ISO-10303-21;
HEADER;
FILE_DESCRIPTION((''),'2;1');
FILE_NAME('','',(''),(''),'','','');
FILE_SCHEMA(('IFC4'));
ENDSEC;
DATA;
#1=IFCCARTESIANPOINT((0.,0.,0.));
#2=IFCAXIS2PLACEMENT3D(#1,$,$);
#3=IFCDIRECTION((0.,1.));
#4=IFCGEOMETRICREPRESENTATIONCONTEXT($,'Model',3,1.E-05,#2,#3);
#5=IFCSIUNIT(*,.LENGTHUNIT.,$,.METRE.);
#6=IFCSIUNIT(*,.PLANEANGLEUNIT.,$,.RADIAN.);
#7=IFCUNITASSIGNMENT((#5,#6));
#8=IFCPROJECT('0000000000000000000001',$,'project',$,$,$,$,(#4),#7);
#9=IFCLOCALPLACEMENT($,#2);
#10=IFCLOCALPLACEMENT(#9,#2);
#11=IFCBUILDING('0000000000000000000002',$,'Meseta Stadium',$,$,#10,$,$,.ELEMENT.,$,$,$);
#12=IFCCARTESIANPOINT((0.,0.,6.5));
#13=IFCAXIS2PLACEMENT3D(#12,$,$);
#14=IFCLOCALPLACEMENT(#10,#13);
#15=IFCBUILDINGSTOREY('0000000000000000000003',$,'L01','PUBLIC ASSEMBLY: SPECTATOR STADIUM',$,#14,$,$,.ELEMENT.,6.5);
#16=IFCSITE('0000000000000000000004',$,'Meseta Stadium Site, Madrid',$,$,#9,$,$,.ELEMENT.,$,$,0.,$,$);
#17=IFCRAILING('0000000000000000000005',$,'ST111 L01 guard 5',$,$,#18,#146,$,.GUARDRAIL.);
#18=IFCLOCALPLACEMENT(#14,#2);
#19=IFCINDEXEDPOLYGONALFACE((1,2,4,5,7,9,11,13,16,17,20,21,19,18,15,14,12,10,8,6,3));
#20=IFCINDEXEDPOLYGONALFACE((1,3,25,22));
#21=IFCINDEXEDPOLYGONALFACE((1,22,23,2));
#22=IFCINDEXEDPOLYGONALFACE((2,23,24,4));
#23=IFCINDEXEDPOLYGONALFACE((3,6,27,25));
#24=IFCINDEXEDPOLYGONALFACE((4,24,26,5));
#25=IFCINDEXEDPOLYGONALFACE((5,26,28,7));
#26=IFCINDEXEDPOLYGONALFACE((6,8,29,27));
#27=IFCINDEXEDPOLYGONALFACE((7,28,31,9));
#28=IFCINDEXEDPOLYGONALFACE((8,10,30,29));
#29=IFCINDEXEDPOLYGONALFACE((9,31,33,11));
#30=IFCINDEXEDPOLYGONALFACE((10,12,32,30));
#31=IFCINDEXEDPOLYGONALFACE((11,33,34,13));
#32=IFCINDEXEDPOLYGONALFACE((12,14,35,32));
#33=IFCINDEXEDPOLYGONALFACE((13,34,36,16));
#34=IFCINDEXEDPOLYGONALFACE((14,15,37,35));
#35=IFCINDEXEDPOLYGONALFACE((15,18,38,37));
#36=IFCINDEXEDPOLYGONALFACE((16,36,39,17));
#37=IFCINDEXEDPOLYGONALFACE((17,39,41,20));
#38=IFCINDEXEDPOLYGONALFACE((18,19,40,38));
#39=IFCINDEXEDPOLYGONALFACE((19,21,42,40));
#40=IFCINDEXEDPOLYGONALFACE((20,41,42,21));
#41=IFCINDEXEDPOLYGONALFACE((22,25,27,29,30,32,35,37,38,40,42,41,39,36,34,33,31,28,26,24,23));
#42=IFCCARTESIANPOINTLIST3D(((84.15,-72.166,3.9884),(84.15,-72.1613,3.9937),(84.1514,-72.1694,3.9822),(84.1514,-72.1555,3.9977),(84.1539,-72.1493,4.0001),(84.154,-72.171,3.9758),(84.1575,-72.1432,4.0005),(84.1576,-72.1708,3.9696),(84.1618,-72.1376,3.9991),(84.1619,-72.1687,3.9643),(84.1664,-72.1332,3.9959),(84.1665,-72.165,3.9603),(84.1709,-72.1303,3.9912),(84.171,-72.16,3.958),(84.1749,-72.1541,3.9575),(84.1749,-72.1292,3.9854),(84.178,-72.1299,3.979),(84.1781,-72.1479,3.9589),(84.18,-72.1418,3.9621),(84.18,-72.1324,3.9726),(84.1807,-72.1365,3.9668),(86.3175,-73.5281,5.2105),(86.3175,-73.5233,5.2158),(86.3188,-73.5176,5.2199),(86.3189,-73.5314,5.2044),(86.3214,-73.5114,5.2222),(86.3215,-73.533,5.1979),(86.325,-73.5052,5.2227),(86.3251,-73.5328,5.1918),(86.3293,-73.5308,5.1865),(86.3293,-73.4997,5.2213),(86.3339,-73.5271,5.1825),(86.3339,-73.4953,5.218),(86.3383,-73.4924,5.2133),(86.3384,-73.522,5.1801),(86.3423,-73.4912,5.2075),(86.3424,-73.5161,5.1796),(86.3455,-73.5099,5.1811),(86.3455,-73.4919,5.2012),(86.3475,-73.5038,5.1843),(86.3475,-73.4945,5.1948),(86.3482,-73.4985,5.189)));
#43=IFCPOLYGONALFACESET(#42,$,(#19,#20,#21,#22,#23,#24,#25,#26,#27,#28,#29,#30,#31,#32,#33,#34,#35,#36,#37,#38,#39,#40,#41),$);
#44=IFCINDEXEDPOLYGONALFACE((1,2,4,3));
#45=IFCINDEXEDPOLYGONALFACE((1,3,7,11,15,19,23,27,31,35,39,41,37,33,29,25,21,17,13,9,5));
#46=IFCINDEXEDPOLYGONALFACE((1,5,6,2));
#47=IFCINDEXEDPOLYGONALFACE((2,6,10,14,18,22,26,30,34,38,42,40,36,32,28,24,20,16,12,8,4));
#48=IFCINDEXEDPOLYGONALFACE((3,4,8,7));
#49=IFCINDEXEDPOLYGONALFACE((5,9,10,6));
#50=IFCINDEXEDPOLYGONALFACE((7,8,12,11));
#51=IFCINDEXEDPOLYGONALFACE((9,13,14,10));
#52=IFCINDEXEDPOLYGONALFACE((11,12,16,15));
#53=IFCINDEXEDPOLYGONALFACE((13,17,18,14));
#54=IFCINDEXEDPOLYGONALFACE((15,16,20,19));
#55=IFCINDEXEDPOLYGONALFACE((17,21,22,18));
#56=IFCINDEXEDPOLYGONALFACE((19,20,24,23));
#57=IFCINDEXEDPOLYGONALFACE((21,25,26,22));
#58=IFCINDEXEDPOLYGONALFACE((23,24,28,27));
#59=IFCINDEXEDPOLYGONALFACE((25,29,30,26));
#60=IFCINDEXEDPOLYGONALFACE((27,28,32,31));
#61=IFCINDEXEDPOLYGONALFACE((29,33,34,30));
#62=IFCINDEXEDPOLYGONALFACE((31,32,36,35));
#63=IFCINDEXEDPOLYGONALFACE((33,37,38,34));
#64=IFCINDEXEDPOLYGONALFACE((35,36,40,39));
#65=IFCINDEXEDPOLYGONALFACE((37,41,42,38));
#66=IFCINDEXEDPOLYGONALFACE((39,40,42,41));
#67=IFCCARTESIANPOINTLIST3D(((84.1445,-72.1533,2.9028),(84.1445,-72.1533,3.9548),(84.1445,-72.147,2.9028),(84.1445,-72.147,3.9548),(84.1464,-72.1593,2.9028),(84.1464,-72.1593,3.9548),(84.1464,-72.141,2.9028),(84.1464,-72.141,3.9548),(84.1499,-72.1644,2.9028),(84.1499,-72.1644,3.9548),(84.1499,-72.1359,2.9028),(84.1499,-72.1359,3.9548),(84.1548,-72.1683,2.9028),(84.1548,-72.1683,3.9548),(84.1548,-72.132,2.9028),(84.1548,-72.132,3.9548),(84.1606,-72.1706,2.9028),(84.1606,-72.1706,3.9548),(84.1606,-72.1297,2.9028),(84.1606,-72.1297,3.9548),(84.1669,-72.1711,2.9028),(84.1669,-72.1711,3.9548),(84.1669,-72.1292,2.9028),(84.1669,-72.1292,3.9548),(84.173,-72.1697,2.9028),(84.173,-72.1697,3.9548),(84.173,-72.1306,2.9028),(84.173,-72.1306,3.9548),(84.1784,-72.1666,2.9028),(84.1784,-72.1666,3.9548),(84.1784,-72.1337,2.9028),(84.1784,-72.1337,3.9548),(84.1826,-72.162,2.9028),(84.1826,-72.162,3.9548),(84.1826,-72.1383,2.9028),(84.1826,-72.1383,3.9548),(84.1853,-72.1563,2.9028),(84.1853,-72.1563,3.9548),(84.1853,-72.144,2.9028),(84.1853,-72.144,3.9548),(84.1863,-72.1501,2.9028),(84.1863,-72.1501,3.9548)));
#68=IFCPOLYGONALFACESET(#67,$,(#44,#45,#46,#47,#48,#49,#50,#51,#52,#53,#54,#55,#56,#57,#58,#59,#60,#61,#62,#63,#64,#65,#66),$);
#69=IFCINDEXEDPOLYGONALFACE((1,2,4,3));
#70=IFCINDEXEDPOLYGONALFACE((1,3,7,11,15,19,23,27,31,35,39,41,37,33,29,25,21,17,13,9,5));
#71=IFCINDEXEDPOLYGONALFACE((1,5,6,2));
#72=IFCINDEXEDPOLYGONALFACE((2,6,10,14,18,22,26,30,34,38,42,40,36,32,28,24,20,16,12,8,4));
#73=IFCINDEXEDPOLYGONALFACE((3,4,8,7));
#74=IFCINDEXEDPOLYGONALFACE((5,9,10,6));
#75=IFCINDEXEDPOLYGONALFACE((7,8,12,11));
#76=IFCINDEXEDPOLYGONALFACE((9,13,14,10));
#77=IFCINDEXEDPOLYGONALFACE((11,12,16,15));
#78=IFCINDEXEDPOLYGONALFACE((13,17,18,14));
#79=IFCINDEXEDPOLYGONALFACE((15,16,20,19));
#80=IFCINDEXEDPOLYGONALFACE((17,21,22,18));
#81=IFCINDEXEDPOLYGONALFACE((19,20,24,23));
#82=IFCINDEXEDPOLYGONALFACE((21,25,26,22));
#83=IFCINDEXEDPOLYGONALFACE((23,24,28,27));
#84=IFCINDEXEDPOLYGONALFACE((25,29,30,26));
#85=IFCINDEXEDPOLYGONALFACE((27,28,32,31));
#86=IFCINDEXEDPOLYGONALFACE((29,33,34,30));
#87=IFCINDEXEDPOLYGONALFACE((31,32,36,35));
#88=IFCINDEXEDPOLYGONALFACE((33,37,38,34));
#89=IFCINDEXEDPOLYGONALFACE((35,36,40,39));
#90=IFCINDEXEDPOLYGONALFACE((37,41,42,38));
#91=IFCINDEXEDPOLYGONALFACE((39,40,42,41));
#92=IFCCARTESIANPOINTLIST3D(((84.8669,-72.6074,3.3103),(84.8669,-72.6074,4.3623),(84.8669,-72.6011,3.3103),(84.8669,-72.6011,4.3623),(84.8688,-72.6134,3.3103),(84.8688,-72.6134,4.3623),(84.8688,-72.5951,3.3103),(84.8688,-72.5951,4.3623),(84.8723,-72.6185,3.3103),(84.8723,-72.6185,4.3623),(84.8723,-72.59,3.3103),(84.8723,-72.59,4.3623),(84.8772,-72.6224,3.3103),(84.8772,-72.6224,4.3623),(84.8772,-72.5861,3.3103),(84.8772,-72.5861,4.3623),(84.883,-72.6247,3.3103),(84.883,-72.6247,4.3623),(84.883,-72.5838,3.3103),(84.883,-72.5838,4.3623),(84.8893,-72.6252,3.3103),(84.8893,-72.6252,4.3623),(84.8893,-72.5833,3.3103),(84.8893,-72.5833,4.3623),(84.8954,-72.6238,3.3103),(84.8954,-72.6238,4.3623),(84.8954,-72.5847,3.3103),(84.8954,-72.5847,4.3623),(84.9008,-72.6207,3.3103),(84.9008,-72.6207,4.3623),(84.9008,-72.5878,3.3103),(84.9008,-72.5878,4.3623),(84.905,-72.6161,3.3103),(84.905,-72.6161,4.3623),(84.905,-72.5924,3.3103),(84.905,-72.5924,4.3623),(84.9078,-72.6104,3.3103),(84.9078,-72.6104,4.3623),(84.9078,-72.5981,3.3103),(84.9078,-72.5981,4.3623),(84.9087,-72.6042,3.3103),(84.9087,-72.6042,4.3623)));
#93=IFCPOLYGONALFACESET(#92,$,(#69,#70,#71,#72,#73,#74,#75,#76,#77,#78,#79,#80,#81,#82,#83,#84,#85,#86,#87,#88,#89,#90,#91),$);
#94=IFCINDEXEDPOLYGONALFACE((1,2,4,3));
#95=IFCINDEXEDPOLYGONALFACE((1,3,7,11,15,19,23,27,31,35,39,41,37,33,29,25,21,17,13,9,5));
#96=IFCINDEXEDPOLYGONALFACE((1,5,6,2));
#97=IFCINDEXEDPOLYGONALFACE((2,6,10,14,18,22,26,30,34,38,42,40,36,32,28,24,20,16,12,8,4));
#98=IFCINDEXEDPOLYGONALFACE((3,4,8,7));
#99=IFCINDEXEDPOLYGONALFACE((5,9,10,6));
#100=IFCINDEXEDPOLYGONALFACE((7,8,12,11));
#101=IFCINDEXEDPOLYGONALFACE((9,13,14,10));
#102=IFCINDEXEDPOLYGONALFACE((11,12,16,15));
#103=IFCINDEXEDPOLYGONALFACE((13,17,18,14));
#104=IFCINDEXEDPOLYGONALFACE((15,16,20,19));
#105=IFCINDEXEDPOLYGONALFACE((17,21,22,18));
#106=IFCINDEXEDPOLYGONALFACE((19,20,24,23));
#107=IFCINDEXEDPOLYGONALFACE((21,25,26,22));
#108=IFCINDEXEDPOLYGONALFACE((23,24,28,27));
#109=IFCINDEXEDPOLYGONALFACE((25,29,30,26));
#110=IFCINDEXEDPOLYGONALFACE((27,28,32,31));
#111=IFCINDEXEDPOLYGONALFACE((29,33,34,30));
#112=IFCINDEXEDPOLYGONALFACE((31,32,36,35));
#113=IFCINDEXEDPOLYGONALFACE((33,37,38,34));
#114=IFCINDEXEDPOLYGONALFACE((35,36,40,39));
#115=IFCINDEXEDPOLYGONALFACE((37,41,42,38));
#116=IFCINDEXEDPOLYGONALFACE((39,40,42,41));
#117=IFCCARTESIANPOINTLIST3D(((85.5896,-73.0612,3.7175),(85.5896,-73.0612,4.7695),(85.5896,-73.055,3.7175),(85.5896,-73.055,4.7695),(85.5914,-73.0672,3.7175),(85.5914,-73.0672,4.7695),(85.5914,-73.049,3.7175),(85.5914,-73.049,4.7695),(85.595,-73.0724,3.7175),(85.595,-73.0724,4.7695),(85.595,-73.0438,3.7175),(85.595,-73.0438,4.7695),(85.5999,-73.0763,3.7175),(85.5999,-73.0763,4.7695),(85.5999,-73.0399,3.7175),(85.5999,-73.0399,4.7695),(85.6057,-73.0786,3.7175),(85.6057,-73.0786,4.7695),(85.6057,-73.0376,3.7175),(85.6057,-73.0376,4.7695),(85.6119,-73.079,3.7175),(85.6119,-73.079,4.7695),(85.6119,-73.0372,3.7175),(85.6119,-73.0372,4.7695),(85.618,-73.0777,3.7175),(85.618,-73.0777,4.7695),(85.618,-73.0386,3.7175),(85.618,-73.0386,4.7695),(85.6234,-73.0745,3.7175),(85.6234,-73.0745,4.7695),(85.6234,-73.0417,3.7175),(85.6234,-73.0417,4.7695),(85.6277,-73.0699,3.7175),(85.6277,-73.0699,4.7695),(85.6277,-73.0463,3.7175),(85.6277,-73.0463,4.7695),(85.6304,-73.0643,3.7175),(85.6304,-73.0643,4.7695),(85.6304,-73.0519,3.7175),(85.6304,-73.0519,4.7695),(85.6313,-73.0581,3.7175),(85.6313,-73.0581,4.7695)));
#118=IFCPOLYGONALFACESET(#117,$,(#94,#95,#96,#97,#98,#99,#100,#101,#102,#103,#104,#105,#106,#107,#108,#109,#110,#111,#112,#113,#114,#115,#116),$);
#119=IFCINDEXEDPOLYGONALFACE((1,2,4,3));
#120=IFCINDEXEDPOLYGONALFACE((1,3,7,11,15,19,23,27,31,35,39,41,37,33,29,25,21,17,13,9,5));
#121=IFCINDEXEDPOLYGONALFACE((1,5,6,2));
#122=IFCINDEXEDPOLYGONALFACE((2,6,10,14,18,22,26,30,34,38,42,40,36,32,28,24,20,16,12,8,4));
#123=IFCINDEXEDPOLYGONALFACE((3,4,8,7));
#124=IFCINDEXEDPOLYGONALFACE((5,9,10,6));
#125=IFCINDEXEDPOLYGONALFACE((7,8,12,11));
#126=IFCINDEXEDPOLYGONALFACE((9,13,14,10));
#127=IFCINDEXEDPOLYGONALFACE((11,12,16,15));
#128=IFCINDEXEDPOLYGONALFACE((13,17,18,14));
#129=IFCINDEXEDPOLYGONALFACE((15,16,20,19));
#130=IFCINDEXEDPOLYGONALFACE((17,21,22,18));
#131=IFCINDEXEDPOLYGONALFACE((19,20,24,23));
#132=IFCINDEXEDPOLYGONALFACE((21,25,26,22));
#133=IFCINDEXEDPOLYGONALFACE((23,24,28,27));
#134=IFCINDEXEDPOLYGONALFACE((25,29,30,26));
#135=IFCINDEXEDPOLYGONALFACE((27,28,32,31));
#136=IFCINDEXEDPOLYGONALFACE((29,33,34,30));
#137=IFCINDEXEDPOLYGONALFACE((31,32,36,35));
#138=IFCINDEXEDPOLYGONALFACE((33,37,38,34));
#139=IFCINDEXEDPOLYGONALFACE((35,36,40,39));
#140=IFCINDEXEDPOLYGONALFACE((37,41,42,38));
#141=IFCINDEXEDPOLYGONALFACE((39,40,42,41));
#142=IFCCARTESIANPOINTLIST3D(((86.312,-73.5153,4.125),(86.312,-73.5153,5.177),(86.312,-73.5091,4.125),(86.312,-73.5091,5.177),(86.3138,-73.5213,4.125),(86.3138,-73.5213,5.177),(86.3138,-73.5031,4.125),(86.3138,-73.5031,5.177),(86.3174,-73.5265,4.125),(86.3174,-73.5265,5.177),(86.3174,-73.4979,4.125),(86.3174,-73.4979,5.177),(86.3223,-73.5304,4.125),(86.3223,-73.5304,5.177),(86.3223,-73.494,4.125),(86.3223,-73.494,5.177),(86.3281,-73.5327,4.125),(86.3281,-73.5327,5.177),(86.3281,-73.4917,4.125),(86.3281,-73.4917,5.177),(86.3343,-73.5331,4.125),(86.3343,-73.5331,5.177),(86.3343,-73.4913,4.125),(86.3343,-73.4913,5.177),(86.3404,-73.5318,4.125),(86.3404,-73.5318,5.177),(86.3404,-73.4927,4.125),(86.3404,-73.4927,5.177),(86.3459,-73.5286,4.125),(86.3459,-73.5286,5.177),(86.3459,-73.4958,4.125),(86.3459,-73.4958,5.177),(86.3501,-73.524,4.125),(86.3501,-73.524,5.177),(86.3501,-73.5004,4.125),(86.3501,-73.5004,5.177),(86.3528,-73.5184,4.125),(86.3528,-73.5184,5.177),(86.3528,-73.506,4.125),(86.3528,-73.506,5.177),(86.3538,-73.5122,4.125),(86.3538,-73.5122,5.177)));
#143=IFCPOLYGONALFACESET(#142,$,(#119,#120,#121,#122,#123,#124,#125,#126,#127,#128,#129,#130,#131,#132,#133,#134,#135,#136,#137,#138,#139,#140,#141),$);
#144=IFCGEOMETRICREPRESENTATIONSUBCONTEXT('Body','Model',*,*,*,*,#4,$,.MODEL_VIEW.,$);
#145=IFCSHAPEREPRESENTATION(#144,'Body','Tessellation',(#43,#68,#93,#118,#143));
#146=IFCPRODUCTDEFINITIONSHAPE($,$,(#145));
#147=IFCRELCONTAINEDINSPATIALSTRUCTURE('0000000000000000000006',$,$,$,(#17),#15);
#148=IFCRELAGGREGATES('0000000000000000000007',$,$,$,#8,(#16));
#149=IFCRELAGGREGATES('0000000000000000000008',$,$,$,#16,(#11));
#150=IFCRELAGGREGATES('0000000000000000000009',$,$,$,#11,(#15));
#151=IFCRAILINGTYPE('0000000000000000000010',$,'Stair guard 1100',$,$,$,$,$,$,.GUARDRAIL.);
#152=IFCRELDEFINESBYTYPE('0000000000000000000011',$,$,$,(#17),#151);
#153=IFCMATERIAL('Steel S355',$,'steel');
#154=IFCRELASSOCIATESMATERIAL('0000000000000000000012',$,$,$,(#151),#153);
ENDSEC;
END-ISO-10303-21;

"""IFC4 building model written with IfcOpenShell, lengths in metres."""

from ifc_helpers import new_model, si_unit, direction, frame, origin, origin_2d, place, context, subcontext, project, spatial, circle, extrude, material, type_object, element, save


model = new_model("IFC4")

# Units and contexts
model_context = context("Model", 3, precision=1e-05, world=origin(), true_north=direction((0.0, 1.0)))
body_context = subcontext(model_context, "Body", "Model", "MODEL_VIEW")
ifc_project = project(units=[si_unit("LENGTHUNIT", "METRE"), si_unit("PLANEANGLEUNIT", "RADIAN")], contexts=[model_context])

# Site, building, storey
site_placement = place(None, origin())
site = spatial("IfcSite", under=ifc_project, at=site_placement, Name="Meseta Stadium Site, Madrid", CompositionType="ELEMENT", RefElevation=0.0)
building_placement = place(site_placement, origin())
building = spatial("IfcBuilding", under=site, at=building_placement, Name="Meseta Stadium", CompositionType="ELEMENT")
storey_placement = place(building_placement, frame((0.0, 0.0, 6.5)))
storey = spatial("IfcBuildingStorey", under=building, at=storey_placement, Name="L01", Description="PUBLIC ASSEMBLY: SPECTATOR STADIUM", CompositionType="ELEMENT", Elevation=6.5)

# Railing
ifc_material_1 = material(Name="Steel S355", Category="steel")
railing_type_1 = type_object("IfcRailingType", Name="Stair guard 1100", PredefinedType="GUARDRAIL", material=ifc_material_1)
railing_1_placement = place(storey_placement, frame((84.1653, -72.1501, 2.9028)))
element("IfcRailing", 1, at=railing_1_placement, inside=storey, type_object=railing_type_1, Name="ST111 L01 guard 5", PredefinedType="GUARDRAIL", context=body_context, shape_type="SweptSolid", body=[
    extrude(circle(Radius=0.0239, at=origin_2d()), frame((0.0, 0.0, 1.0762), z_axis=(0.764085, -0.480156, 0.430841), x_axis=(0.532072, 0.846699, 0.0)), (0.0, 0.0, 1.0), 2.8367),
    extrude(circle(Radius=0.021, at=origin_2d()), origin(), (0.0, 0.0, 1.0), 1.052),
    extrude(circle(Radius=0.021, at=origin_2d()), frame((0.7224, -0.4541, 0.4075)), (0.0, 0.0, 1.0), 1.052),
    extrude(circle(Radius=0.021, at=origin_2d()), frame((1.4451, -0.908, 0.8147)), (0.0, 0.0, 1.0), 1.052),
    extrude(circle(Radius=0.021, at=origin_2d()), frame((2.1675, -1.3621, 1.2222)), (0.0, 0.0, 1.0), 1.052),
])

save(model, "model.ifc")
